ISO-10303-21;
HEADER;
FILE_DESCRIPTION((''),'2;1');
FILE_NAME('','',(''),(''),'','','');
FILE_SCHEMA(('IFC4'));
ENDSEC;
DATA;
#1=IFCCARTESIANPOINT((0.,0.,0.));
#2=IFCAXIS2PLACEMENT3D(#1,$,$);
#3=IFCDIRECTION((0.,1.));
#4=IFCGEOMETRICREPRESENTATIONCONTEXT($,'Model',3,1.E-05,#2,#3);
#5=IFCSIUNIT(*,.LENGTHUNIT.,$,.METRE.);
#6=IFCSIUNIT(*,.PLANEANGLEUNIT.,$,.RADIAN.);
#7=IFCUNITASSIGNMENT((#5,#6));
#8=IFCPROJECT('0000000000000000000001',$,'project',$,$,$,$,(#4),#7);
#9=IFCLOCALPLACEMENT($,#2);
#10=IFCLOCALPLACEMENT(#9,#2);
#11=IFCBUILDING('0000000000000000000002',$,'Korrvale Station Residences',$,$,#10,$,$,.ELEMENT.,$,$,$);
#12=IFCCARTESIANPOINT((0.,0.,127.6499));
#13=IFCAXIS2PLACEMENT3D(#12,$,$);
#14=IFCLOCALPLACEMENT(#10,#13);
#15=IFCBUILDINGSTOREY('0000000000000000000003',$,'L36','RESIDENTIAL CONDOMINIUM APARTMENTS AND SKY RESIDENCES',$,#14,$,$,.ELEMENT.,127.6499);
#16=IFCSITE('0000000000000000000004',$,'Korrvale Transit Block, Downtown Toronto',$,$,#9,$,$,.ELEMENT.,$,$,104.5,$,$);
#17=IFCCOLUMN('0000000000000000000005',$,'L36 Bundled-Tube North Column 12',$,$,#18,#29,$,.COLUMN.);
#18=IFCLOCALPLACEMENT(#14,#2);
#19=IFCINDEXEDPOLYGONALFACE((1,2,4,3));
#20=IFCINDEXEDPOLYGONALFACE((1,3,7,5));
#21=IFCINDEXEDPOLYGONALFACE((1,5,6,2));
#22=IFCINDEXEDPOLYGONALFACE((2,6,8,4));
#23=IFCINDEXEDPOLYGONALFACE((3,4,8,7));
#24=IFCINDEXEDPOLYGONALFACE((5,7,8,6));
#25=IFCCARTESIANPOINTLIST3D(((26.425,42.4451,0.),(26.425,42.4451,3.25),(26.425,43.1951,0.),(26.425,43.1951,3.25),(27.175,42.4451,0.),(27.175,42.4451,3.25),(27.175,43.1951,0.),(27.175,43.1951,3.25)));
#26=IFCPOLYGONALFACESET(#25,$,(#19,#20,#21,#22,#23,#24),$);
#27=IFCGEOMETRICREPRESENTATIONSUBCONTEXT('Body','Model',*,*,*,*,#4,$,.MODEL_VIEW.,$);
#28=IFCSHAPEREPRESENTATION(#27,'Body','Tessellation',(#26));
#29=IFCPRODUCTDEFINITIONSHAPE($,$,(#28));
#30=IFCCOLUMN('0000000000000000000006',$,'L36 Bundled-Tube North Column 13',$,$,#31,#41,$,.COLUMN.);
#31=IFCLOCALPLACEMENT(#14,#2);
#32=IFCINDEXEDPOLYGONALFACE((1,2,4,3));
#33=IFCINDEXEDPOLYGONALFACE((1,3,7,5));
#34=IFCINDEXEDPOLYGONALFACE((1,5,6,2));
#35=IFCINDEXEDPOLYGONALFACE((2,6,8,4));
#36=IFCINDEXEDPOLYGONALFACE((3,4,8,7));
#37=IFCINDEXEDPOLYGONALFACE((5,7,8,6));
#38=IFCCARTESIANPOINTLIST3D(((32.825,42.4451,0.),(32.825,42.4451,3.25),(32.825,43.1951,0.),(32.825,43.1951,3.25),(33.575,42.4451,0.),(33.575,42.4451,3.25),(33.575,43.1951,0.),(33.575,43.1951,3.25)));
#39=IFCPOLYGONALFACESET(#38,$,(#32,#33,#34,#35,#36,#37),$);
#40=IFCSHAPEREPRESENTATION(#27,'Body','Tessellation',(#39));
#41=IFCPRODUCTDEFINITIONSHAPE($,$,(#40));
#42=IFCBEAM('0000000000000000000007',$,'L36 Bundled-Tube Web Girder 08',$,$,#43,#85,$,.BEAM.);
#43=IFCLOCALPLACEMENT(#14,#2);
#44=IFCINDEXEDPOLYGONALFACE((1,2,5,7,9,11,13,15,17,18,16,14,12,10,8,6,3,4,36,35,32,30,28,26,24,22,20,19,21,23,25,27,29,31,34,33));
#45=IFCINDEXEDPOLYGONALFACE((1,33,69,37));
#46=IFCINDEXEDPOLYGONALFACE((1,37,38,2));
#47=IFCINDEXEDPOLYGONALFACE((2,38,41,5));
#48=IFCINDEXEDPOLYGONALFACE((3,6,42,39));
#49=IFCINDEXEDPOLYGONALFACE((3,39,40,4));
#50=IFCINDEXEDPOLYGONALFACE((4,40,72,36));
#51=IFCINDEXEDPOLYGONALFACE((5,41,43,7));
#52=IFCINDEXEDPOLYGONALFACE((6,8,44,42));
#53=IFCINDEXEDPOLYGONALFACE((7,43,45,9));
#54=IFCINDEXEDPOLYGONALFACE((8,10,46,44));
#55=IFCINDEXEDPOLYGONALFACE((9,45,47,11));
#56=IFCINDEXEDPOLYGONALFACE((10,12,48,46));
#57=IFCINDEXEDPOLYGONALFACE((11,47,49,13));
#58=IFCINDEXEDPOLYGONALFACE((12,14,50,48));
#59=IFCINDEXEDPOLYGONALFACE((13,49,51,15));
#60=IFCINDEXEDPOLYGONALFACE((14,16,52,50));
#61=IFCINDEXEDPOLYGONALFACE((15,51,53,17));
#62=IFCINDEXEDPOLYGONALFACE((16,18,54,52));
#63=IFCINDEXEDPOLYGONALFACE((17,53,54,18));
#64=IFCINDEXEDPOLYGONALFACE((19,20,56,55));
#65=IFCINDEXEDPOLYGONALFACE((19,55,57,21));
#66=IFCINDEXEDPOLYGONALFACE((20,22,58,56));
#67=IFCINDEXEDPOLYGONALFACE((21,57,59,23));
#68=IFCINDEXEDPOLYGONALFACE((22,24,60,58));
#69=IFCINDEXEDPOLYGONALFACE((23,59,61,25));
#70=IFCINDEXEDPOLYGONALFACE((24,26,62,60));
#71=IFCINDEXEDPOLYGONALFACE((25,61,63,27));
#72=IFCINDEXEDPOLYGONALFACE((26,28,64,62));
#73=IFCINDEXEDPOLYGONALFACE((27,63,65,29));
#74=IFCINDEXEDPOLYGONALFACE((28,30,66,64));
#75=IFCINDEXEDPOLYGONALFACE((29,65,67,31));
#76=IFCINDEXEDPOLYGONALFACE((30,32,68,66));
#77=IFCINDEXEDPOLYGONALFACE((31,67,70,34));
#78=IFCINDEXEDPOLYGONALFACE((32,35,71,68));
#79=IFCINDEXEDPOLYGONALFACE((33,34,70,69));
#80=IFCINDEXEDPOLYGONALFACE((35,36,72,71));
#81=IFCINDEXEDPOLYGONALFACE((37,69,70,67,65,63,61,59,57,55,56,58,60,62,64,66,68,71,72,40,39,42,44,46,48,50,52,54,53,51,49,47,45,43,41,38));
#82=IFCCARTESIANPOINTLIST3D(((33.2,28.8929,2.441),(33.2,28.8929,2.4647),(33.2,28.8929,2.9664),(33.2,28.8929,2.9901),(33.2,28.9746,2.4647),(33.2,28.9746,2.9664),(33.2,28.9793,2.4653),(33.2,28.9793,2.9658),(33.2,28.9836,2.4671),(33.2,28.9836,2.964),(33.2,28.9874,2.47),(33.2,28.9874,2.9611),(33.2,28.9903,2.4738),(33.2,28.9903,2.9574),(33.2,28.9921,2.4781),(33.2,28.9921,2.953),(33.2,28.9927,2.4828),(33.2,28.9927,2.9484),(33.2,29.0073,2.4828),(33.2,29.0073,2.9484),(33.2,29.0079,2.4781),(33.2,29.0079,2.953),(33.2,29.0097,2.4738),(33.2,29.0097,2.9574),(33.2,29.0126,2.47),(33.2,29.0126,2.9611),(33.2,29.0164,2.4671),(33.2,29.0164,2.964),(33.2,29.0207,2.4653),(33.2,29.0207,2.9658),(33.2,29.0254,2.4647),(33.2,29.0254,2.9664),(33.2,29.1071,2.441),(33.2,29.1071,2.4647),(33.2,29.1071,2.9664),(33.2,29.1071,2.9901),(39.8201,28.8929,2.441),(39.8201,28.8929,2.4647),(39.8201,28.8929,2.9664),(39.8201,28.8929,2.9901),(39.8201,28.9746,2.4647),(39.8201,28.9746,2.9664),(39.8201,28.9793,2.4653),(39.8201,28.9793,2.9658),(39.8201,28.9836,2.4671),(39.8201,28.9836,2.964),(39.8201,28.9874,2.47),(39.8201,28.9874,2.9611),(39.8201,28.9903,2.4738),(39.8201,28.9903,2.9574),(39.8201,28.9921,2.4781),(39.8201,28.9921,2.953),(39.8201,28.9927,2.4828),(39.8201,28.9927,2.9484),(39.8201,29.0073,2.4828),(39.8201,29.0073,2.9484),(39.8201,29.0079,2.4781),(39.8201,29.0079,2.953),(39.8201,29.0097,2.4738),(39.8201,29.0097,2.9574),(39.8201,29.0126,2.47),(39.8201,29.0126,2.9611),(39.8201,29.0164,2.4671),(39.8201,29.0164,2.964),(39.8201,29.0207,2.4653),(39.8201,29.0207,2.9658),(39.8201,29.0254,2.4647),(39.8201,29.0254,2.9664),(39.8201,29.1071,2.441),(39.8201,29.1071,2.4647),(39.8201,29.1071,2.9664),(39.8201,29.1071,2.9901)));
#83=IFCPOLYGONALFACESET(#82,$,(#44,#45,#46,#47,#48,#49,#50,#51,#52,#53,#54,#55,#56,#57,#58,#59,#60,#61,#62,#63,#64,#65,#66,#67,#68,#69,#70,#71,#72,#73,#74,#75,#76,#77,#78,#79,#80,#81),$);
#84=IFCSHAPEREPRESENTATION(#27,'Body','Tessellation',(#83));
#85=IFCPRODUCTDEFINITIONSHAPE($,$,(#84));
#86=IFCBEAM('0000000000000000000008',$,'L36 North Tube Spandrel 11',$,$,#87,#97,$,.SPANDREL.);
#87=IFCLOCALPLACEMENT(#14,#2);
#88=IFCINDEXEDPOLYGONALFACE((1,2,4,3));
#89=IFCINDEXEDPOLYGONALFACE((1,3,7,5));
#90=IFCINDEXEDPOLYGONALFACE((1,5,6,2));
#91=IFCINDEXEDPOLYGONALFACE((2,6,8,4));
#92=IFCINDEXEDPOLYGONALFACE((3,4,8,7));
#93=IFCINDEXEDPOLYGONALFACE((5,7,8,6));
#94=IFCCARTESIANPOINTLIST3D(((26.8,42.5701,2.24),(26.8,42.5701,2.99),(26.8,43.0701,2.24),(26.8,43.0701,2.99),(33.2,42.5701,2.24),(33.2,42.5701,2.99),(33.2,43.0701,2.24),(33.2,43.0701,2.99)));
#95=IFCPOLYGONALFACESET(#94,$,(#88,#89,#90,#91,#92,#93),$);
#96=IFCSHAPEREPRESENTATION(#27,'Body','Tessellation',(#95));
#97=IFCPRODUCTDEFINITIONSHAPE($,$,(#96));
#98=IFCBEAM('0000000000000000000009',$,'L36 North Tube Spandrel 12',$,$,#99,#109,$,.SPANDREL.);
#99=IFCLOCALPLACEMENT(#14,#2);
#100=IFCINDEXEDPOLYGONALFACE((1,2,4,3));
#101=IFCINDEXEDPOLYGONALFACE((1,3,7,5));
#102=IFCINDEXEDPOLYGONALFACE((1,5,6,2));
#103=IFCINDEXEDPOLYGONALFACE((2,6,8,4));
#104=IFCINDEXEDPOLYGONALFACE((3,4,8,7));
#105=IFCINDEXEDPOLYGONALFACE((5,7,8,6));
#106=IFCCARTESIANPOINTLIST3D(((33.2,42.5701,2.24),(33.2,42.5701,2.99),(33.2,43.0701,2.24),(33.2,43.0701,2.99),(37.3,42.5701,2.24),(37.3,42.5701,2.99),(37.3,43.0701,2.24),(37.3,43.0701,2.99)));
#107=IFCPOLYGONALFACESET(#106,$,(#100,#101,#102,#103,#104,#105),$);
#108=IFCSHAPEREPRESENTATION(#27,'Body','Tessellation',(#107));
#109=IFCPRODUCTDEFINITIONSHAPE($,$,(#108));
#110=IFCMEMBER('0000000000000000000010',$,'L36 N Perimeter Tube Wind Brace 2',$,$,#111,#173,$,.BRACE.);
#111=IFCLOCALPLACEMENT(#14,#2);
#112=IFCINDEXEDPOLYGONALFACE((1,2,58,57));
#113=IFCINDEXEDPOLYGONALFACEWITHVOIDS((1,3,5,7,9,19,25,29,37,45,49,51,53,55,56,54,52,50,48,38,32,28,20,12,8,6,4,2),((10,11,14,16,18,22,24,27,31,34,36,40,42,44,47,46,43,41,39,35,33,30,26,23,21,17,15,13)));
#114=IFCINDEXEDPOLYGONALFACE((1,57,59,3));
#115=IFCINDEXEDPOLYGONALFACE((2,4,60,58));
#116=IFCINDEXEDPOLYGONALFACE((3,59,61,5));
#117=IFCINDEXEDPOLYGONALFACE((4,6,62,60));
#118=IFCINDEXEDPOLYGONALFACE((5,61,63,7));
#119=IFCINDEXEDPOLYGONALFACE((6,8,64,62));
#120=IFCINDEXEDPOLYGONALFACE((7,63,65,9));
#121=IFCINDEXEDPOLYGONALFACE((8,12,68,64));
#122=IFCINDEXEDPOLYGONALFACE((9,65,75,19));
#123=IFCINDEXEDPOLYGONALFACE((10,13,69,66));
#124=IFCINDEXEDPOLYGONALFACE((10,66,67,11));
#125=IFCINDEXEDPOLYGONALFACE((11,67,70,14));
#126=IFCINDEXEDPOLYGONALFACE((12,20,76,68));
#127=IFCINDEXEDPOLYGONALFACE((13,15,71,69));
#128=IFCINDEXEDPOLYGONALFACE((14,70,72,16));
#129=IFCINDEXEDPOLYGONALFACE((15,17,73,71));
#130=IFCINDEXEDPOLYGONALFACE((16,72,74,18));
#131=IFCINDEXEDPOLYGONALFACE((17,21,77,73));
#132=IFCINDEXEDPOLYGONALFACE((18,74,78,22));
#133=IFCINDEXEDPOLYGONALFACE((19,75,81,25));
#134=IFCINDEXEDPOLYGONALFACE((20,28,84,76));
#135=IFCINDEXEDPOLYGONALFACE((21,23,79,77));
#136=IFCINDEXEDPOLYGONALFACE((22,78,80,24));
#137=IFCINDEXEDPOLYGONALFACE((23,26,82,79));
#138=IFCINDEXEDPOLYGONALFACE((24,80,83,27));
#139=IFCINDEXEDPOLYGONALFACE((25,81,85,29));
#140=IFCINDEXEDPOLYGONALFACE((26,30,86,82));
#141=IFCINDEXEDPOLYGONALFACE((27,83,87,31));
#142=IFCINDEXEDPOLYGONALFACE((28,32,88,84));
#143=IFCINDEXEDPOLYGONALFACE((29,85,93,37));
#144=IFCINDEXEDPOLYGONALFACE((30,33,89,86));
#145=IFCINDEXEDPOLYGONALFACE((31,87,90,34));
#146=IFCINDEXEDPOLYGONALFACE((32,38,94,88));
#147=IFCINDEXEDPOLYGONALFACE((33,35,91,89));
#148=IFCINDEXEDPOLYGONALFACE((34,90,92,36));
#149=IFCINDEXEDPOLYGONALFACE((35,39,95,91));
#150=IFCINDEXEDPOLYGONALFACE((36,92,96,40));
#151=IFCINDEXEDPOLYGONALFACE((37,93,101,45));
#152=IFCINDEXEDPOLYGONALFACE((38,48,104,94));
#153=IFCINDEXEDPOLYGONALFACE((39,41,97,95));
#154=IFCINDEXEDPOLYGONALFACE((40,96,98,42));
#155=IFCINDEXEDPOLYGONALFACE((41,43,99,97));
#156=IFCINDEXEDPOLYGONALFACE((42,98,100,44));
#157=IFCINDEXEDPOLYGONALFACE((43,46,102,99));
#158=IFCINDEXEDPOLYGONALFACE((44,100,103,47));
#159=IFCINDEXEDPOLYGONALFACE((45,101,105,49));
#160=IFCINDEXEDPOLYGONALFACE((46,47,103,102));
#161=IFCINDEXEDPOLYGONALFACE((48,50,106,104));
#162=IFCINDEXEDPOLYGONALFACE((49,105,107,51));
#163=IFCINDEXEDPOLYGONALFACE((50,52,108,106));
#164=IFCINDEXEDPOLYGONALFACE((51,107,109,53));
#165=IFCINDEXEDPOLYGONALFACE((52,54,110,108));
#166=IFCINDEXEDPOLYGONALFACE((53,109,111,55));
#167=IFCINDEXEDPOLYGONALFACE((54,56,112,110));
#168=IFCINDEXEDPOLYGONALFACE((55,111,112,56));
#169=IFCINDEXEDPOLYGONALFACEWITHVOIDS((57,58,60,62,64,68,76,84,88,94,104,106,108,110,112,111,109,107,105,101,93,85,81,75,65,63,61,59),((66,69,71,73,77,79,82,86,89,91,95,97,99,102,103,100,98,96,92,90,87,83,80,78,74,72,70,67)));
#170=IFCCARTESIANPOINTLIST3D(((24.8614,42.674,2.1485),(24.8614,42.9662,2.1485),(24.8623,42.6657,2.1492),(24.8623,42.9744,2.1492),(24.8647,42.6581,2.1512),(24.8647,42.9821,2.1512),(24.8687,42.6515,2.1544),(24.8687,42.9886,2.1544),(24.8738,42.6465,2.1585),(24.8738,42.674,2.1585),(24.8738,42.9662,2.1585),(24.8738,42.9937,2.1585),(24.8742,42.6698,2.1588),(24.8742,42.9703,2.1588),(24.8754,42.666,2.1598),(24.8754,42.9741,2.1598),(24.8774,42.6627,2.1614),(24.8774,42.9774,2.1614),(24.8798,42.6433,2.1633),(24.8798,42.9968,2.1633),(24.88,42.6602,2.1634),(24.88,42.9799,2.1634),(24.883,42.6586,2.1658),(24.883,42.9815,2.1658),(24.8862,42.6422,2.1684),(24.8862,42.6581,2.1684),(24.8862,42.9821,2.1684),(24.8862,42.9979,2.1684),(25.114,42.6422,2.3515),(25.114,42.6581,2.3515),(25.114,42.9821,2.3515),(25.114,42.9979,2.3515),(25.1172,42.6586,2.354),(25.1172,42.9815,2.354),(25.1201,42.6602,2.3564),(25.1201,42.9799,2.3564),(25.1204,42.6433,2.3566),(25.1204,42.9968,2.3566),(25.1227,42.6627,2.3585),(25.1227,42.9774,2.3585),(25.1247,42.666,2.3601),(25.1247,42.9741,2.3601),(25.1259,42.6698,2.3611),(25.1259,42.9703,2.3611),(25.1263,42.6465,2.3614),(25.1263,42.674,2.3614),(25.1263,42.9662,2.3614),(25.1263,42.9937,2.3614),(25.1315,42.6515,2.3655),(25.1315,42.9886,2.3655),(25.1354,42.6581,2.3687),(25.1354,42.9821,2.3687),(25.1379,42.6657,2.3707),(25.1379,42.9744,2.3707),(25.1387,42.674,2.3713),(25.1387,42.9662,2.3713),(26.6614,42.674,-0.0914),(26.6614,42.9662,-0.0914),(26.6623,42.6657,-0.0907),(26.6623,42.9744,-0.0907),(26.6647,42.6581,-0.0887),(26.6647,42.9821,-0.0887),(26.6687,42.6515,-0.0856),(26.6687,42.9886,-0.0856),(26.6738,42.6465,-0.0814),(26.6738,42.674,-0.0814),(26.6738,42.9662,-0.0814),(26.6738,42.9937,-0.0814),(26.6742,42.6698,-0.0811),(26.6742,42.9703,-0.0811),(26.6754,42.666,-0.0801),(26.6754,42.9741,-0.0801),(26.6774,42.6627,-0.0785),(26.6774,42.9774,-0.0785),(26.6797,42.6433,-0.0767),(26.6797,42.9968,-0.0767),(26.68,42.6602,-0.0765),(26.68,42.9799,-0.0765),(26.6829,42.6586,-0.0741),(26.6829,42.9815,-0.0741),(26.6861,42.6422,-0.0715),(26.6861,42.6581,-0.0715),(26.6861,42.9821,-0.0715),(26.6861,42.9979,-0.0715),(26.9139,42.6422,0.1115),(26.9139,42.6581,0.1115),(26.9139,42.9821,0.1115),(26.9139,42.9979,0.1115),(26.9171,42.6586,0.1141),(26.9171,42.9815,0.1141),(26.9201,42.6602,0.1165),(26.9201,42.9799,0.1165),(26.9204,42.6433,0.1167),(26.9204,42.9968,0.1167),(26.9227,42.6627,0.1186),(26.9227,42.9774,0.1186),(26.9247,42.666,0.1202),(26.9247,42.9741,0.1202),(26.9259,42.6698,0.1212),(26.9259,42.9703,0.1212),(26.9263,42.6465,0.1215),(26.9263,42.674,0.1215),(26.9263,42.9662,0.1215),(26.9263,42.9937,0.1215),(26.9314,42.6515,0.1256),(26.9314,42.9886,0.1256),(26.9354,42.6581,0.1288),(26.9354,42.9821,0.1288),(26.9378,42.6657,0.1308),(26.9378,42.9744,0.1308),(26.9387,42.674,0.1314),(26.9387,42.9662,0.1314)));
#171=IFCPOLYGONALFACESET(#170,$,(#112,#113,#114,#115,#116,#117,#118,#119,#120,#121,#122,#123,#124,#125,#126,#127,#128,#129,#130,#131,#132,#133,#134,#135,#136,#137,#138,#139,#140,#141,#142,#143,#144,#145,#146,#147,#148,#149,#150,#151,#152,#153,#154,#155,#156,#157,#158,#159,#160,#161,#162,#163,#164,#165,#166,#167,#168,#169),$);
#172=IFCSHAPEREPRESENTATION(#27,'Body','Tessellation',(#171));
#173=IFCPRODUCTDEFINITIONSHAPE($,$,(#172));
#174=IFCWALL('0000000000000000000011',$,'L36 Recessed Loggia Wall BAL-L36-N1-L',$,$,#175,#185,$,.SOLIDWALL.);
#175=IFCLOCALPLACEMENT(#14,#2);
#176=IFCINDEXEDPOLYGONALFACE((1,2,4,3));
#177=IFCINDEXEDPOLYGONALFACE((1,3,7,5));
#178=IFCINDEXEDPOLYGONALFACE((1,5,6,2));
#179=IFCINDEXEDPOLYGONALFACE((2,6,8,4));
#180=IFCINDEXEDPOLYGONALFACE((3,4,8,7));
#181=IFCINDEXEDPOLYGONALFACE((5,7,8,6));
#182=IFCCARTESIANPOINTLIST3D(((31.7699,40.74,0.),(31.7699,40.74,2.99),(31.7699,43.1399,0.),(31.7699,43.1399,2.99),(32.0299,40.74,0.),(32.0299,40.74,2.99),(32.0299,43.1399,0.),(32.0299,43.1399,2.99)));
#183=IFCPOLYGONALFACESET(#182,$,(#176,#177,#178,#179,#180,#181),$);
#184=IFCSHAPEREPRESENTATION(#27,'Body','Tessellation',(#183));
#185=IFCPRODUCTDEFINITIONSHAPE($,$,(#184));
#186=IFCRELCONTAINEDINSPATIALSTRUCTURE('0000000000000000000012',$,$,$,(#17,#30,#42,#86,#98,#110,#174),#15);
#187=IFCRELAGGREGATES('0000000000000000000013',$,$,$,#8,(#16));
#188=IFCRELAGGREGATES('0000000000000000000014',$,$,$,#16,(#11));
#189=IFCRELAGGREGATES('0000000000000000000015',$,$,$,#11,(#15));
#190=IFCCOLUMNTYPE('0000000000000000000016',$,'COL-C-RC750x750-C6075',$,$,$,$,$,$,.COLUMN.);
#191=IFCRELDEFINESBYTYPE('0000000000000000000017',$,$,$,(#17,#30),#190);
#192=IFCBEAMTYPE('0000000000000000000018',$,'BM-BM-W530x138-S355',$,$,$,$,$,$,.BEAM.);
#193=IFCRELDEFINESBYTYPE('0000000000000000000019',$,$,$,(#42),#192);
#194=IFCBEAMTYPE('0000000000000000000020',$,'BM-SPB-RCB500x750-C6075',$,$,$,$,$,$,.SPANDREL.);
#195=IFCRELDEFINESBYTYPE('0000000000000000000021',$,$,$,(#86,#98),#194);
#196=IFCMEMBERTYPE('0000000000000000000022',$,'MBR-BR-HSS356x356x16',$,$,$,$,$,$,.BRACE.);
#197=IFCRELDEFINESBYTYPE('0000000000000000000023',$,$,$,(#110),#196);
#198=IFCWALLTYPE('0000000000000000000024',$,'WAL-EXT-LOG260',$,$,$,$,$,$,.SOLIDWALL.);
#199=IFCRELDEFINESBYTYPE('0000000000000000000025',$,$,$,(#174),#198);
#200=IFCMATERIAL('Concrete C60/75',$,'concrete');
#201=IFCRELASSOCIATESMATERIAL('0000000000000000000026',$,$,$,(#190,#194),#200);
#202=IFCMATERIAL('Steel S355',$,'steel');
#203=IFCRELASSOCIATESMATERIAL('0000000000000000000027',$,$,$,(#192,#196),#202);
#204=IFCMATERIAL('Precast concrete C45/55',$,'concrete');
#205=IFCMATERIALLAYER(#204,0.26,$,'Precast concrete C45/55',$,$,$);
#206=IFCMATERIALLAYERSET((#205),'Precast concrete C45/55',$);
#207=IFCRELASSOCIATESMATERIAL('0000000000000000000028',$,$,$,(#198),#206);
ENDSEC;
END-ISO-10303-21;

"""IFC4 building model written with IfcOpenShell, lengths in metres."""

from ifc_helpers import new_model, si_unit, direction, frame, frame_2d, origin, origin_2d, place, context, subcontext, project, spatial, rectangle, hollow_rectangle, i_section, extrude, material, layer, layer_set, material_profile, profile_set, type_object, element, save


model = new_model("IFC4")

# Units and contexts
model_context = context("Model", 3, precision=1e-05, world=origin(), true_north=direction((0.0, 1.0)))
body_context = subcontext(model_context, "Body", "Model", "MODEL_VIEW")
ifc_project = project(units=[si_unit("LENGTHUNIT", "METRE"), si_unit("PLANEANGLEUNIT", "RADIAN")], contexts=[model_context])

# Site, building, storey
site_placement = place(None, origin())
site = spatial("IfcSite", under=ifc_project, at=site_placement, Name="Korrvale Transit Block, Downtown Toronto", CompositionType="ELEMENT", RefElevation=104.5)
building_placement = place(site_placement, origin())
building = spatial("IfcBuilding", under=site, at=building_placement, Name="Korrvale Station Residences", CompositionType="ELEMENT")
storey_placement = place(building_placement, frame((0.0, 0.0, 127.6499)))
storey = spatial("IfcBuildingStorey", under=building, at=storey_placement, Name="L36", Description="RESIDENTIAL CONDOMINIUM APARTMENTS AND SKY RESIDENCES", CompositionType="ELEMENT", Elevation=127.6499)

# Columns
ifc_material_1 = material(Name="Concrete C60/75", Category="concrete")
ifc_material_profile_1 = material_profile(ifc_material_1, rectangle(XDim=0.75, YDim=0.75, at=origin_2d()), Name="RC750x750")
ifc_profile_set_1 = profile_set([ifc_material_profile_1], Name="Concrete C60/75")
column_type = type_object("IfcColumnType", Name="COL-C-RC750x750-C6075", PredefinedType="COLUMN", material=ifc_profile_set_1)
for number, where, z_axis, x_axis, name in (
    (1, (26.8, 42.8201, 0.0), (0.0, 0.0, 1.0), (1.0, 0.0, 0.0), "L36 Bundled-Tube North Column 12"),
    (2, (33.2, 42.8201, 0.0), (0.0, 0.0, 1.0), (1.0, 0.0, 0.0), "L36 Bundled-Tube North Column 13"),
):
    element("IfcColumn", number, at=place(storey_placement, frame(where, z_axis=z_axis, x_axis=x_axis)), inside=storey, type_object=column_type, Name=name, PredefinedType="COLUMN", context=body_context, shape_type="SweptSolid", body=[
        extrude(rectangle(XDim=0.75, YDim=0.75, at=origin_2d()), origin(), (0.0, 0.0, 1.0), 3.25),
    ])

# Beams
ifc_material_2 = material(Name="Steel S355", Category="steel")
ifc_material_profile_2 = material_profile(ifc_material_2, i_section(OverallWidth=0.2141, OverallDepth=0.5491, WebThickness=0.0146, FlangeThickness=0.0237, FilletRadius=0.0181, at=origin_2d()), Name="W530x138")
ifc_profile_set_2 = profile_set([ifc_material_profile_2], Name="Steel S355")
beam_type_1 = type_object("IfcBeamType", Name="BM-BM-W530x138-S355", PredefinedType="BEAM", material=ifc_profile_set_2)
beam_1_placement = place(storey_placement, frame((33.2, 29.0, 2.7156), z_axis=(1.0, 0.0, 0.0), x_axis=(0.0, 1.0, 0.0)))
element("IfcBeam", 3, at=beam_1_placement, inside=storey, type_object=beam_type_1, Name="L36 Bundled-Tube Web Girder 08", PredefinedType="BEAM", context=body_context, shape_type="SweptSolid", body=[
    extrude(i_section(OverallWidth=0.2141, OverallDepth=0.5491, WebThickness=0.0146, FlangeThickness=0.0237, FilletRadius=0.0181, at=origin_2d()), origin(), (0.0, 0.0, 1.0), 6.6201),
])
ifc_material_profile_3 = material_profile(ifc_material_1, rectangle(XDim=0.5, YDim=0.75, at=origin_2d()), Name="RCB500x750")
ifc_profile_set_3 = profile_set([ifc_material_profile_3], Name="Concrete C60/75")
beam_type_2 = type_object("IfcBeamType", Name="BM-SPB-RCB500x750-C6075", PredefinedType="SPANDREL", material=ifc_profile_set_3)
beam_2_placement = place(storey_placement, frame((26.8, 42.8201, 2.615), z_axis=(1.0, 0.0, 0.0), x_axis=(0.0, 1.0, 0.0)))
element("IfcBeam", 4, at=beam_2_placement, inside=storey, type_object=beam_type_2, Name="L36 North Tube Spandrel 11", PredefinedType="SPANDREL", context=body_context, shape_type="SweptSolid", body=[
    extrude(rectangle(XDim=0.5, YDim=0.75, at=origin_2d()), origin(), (0.0, 0.0, 1.0), 6.3999),
])
beam_3_placement = place(storey_placement, frame((33.2, 42.8201, 2.615), z_axis=(1.0, 0.0, 0.0), x_axis=(0.0, 1.0, 0.0)))
element("IfcBeam", 5, at=beam_3_placement, inside=storey, type_object=beam_type_2, Name="L36 North Tube Spandrel 12", PredefinedType="SPANDREL", context=body_context, shape_type="SweptSolid", body=[
    extrude(rectangle(XDim=0.5, YDim=0.75, at=origin_2d()), origin(), (0.0, 0.0, 1.0), 4.1001),
])

# Member
ifc_material_profile_4 = material_profile(ifc_material_2, hollow_rectangle(XDim=0.3557, YDim=0.3557, WallThickness=0.0159, InnerFilletRadius=0.0159, OuterFilletRadius=0.0317, at=origin_2d()), Name="HSS356x356x16")
ifc_profile_set_4 = profile_set([ifc_material_profile_4], Name="Steel S355")
member_type = type_object("IfcMemberType", Name="MBR-BR-HSS356x356x16", PredefinedType="BRACE", material=ifc_profile_set_4)
member_placement = place(storey_placement, frame((26.8, 42.8201, 0.02), z_axis=(-0.626403, 0.0, 0.779499), x_axis=(0.0, -1.0, 0.0)))
element("IfcMember", 6, at=member_placement, inside=storey, type_object=member_type, Name="L36 N Perimeter Tube Wind Brace 2", PredefinedType="BRACE", context=body_context, shape_type="SweptSolid", body=[
    extrude(hollow_rectangle(XDim=0.3557, YDim=0.3557, WallThickness=0.0159, InnerFilletRadius=0.0159, OuterFilletRadius=0.0317, at=origin_2d()), origin(), (0.0, 0.0, 1.0), 2.8735),
])

# Wall
ifc_material_3 = material(Name="Precast concrete C45/55", Category="concrete")
ifc_layer_1 = layer(ifc_material_3, 0.26, Name="Precast concrete C45/55")
ifc_layer_set_1 = layer_set([ifc_layer_1], Name="Precast concrete C45/55")
wall_type_1 = type_object("IfcWallType", Name="WAL-EXT-LOG260", PredefinedType="SOLIDWALL", material=ifc_layer_set_1)
wall_1_placement = place(storey_placement, frame((31.8999, 43.1399, 0.0), z_axis=(0.0, 0.0, 1.0), x_axis=(0.0, -1.0, 0.0)))
element("IfcWall", 7, at=wall_1_placement, inside=storey, type_object=wall_type_1, Name="L36 Recessed Loggia Wall BAL-L36-N1-L", PredefinedType="SOLIDWALL", context=body_context, shape_type="SweptSolid", body=[
    extrude(rectangle(XDim=2.3999, YDim=0.26, at=frame_2d((1.2, 0.0))), origin(), (0.0, 0.0, 1.0), 2.99),
])

save(model, "model.ifc")
